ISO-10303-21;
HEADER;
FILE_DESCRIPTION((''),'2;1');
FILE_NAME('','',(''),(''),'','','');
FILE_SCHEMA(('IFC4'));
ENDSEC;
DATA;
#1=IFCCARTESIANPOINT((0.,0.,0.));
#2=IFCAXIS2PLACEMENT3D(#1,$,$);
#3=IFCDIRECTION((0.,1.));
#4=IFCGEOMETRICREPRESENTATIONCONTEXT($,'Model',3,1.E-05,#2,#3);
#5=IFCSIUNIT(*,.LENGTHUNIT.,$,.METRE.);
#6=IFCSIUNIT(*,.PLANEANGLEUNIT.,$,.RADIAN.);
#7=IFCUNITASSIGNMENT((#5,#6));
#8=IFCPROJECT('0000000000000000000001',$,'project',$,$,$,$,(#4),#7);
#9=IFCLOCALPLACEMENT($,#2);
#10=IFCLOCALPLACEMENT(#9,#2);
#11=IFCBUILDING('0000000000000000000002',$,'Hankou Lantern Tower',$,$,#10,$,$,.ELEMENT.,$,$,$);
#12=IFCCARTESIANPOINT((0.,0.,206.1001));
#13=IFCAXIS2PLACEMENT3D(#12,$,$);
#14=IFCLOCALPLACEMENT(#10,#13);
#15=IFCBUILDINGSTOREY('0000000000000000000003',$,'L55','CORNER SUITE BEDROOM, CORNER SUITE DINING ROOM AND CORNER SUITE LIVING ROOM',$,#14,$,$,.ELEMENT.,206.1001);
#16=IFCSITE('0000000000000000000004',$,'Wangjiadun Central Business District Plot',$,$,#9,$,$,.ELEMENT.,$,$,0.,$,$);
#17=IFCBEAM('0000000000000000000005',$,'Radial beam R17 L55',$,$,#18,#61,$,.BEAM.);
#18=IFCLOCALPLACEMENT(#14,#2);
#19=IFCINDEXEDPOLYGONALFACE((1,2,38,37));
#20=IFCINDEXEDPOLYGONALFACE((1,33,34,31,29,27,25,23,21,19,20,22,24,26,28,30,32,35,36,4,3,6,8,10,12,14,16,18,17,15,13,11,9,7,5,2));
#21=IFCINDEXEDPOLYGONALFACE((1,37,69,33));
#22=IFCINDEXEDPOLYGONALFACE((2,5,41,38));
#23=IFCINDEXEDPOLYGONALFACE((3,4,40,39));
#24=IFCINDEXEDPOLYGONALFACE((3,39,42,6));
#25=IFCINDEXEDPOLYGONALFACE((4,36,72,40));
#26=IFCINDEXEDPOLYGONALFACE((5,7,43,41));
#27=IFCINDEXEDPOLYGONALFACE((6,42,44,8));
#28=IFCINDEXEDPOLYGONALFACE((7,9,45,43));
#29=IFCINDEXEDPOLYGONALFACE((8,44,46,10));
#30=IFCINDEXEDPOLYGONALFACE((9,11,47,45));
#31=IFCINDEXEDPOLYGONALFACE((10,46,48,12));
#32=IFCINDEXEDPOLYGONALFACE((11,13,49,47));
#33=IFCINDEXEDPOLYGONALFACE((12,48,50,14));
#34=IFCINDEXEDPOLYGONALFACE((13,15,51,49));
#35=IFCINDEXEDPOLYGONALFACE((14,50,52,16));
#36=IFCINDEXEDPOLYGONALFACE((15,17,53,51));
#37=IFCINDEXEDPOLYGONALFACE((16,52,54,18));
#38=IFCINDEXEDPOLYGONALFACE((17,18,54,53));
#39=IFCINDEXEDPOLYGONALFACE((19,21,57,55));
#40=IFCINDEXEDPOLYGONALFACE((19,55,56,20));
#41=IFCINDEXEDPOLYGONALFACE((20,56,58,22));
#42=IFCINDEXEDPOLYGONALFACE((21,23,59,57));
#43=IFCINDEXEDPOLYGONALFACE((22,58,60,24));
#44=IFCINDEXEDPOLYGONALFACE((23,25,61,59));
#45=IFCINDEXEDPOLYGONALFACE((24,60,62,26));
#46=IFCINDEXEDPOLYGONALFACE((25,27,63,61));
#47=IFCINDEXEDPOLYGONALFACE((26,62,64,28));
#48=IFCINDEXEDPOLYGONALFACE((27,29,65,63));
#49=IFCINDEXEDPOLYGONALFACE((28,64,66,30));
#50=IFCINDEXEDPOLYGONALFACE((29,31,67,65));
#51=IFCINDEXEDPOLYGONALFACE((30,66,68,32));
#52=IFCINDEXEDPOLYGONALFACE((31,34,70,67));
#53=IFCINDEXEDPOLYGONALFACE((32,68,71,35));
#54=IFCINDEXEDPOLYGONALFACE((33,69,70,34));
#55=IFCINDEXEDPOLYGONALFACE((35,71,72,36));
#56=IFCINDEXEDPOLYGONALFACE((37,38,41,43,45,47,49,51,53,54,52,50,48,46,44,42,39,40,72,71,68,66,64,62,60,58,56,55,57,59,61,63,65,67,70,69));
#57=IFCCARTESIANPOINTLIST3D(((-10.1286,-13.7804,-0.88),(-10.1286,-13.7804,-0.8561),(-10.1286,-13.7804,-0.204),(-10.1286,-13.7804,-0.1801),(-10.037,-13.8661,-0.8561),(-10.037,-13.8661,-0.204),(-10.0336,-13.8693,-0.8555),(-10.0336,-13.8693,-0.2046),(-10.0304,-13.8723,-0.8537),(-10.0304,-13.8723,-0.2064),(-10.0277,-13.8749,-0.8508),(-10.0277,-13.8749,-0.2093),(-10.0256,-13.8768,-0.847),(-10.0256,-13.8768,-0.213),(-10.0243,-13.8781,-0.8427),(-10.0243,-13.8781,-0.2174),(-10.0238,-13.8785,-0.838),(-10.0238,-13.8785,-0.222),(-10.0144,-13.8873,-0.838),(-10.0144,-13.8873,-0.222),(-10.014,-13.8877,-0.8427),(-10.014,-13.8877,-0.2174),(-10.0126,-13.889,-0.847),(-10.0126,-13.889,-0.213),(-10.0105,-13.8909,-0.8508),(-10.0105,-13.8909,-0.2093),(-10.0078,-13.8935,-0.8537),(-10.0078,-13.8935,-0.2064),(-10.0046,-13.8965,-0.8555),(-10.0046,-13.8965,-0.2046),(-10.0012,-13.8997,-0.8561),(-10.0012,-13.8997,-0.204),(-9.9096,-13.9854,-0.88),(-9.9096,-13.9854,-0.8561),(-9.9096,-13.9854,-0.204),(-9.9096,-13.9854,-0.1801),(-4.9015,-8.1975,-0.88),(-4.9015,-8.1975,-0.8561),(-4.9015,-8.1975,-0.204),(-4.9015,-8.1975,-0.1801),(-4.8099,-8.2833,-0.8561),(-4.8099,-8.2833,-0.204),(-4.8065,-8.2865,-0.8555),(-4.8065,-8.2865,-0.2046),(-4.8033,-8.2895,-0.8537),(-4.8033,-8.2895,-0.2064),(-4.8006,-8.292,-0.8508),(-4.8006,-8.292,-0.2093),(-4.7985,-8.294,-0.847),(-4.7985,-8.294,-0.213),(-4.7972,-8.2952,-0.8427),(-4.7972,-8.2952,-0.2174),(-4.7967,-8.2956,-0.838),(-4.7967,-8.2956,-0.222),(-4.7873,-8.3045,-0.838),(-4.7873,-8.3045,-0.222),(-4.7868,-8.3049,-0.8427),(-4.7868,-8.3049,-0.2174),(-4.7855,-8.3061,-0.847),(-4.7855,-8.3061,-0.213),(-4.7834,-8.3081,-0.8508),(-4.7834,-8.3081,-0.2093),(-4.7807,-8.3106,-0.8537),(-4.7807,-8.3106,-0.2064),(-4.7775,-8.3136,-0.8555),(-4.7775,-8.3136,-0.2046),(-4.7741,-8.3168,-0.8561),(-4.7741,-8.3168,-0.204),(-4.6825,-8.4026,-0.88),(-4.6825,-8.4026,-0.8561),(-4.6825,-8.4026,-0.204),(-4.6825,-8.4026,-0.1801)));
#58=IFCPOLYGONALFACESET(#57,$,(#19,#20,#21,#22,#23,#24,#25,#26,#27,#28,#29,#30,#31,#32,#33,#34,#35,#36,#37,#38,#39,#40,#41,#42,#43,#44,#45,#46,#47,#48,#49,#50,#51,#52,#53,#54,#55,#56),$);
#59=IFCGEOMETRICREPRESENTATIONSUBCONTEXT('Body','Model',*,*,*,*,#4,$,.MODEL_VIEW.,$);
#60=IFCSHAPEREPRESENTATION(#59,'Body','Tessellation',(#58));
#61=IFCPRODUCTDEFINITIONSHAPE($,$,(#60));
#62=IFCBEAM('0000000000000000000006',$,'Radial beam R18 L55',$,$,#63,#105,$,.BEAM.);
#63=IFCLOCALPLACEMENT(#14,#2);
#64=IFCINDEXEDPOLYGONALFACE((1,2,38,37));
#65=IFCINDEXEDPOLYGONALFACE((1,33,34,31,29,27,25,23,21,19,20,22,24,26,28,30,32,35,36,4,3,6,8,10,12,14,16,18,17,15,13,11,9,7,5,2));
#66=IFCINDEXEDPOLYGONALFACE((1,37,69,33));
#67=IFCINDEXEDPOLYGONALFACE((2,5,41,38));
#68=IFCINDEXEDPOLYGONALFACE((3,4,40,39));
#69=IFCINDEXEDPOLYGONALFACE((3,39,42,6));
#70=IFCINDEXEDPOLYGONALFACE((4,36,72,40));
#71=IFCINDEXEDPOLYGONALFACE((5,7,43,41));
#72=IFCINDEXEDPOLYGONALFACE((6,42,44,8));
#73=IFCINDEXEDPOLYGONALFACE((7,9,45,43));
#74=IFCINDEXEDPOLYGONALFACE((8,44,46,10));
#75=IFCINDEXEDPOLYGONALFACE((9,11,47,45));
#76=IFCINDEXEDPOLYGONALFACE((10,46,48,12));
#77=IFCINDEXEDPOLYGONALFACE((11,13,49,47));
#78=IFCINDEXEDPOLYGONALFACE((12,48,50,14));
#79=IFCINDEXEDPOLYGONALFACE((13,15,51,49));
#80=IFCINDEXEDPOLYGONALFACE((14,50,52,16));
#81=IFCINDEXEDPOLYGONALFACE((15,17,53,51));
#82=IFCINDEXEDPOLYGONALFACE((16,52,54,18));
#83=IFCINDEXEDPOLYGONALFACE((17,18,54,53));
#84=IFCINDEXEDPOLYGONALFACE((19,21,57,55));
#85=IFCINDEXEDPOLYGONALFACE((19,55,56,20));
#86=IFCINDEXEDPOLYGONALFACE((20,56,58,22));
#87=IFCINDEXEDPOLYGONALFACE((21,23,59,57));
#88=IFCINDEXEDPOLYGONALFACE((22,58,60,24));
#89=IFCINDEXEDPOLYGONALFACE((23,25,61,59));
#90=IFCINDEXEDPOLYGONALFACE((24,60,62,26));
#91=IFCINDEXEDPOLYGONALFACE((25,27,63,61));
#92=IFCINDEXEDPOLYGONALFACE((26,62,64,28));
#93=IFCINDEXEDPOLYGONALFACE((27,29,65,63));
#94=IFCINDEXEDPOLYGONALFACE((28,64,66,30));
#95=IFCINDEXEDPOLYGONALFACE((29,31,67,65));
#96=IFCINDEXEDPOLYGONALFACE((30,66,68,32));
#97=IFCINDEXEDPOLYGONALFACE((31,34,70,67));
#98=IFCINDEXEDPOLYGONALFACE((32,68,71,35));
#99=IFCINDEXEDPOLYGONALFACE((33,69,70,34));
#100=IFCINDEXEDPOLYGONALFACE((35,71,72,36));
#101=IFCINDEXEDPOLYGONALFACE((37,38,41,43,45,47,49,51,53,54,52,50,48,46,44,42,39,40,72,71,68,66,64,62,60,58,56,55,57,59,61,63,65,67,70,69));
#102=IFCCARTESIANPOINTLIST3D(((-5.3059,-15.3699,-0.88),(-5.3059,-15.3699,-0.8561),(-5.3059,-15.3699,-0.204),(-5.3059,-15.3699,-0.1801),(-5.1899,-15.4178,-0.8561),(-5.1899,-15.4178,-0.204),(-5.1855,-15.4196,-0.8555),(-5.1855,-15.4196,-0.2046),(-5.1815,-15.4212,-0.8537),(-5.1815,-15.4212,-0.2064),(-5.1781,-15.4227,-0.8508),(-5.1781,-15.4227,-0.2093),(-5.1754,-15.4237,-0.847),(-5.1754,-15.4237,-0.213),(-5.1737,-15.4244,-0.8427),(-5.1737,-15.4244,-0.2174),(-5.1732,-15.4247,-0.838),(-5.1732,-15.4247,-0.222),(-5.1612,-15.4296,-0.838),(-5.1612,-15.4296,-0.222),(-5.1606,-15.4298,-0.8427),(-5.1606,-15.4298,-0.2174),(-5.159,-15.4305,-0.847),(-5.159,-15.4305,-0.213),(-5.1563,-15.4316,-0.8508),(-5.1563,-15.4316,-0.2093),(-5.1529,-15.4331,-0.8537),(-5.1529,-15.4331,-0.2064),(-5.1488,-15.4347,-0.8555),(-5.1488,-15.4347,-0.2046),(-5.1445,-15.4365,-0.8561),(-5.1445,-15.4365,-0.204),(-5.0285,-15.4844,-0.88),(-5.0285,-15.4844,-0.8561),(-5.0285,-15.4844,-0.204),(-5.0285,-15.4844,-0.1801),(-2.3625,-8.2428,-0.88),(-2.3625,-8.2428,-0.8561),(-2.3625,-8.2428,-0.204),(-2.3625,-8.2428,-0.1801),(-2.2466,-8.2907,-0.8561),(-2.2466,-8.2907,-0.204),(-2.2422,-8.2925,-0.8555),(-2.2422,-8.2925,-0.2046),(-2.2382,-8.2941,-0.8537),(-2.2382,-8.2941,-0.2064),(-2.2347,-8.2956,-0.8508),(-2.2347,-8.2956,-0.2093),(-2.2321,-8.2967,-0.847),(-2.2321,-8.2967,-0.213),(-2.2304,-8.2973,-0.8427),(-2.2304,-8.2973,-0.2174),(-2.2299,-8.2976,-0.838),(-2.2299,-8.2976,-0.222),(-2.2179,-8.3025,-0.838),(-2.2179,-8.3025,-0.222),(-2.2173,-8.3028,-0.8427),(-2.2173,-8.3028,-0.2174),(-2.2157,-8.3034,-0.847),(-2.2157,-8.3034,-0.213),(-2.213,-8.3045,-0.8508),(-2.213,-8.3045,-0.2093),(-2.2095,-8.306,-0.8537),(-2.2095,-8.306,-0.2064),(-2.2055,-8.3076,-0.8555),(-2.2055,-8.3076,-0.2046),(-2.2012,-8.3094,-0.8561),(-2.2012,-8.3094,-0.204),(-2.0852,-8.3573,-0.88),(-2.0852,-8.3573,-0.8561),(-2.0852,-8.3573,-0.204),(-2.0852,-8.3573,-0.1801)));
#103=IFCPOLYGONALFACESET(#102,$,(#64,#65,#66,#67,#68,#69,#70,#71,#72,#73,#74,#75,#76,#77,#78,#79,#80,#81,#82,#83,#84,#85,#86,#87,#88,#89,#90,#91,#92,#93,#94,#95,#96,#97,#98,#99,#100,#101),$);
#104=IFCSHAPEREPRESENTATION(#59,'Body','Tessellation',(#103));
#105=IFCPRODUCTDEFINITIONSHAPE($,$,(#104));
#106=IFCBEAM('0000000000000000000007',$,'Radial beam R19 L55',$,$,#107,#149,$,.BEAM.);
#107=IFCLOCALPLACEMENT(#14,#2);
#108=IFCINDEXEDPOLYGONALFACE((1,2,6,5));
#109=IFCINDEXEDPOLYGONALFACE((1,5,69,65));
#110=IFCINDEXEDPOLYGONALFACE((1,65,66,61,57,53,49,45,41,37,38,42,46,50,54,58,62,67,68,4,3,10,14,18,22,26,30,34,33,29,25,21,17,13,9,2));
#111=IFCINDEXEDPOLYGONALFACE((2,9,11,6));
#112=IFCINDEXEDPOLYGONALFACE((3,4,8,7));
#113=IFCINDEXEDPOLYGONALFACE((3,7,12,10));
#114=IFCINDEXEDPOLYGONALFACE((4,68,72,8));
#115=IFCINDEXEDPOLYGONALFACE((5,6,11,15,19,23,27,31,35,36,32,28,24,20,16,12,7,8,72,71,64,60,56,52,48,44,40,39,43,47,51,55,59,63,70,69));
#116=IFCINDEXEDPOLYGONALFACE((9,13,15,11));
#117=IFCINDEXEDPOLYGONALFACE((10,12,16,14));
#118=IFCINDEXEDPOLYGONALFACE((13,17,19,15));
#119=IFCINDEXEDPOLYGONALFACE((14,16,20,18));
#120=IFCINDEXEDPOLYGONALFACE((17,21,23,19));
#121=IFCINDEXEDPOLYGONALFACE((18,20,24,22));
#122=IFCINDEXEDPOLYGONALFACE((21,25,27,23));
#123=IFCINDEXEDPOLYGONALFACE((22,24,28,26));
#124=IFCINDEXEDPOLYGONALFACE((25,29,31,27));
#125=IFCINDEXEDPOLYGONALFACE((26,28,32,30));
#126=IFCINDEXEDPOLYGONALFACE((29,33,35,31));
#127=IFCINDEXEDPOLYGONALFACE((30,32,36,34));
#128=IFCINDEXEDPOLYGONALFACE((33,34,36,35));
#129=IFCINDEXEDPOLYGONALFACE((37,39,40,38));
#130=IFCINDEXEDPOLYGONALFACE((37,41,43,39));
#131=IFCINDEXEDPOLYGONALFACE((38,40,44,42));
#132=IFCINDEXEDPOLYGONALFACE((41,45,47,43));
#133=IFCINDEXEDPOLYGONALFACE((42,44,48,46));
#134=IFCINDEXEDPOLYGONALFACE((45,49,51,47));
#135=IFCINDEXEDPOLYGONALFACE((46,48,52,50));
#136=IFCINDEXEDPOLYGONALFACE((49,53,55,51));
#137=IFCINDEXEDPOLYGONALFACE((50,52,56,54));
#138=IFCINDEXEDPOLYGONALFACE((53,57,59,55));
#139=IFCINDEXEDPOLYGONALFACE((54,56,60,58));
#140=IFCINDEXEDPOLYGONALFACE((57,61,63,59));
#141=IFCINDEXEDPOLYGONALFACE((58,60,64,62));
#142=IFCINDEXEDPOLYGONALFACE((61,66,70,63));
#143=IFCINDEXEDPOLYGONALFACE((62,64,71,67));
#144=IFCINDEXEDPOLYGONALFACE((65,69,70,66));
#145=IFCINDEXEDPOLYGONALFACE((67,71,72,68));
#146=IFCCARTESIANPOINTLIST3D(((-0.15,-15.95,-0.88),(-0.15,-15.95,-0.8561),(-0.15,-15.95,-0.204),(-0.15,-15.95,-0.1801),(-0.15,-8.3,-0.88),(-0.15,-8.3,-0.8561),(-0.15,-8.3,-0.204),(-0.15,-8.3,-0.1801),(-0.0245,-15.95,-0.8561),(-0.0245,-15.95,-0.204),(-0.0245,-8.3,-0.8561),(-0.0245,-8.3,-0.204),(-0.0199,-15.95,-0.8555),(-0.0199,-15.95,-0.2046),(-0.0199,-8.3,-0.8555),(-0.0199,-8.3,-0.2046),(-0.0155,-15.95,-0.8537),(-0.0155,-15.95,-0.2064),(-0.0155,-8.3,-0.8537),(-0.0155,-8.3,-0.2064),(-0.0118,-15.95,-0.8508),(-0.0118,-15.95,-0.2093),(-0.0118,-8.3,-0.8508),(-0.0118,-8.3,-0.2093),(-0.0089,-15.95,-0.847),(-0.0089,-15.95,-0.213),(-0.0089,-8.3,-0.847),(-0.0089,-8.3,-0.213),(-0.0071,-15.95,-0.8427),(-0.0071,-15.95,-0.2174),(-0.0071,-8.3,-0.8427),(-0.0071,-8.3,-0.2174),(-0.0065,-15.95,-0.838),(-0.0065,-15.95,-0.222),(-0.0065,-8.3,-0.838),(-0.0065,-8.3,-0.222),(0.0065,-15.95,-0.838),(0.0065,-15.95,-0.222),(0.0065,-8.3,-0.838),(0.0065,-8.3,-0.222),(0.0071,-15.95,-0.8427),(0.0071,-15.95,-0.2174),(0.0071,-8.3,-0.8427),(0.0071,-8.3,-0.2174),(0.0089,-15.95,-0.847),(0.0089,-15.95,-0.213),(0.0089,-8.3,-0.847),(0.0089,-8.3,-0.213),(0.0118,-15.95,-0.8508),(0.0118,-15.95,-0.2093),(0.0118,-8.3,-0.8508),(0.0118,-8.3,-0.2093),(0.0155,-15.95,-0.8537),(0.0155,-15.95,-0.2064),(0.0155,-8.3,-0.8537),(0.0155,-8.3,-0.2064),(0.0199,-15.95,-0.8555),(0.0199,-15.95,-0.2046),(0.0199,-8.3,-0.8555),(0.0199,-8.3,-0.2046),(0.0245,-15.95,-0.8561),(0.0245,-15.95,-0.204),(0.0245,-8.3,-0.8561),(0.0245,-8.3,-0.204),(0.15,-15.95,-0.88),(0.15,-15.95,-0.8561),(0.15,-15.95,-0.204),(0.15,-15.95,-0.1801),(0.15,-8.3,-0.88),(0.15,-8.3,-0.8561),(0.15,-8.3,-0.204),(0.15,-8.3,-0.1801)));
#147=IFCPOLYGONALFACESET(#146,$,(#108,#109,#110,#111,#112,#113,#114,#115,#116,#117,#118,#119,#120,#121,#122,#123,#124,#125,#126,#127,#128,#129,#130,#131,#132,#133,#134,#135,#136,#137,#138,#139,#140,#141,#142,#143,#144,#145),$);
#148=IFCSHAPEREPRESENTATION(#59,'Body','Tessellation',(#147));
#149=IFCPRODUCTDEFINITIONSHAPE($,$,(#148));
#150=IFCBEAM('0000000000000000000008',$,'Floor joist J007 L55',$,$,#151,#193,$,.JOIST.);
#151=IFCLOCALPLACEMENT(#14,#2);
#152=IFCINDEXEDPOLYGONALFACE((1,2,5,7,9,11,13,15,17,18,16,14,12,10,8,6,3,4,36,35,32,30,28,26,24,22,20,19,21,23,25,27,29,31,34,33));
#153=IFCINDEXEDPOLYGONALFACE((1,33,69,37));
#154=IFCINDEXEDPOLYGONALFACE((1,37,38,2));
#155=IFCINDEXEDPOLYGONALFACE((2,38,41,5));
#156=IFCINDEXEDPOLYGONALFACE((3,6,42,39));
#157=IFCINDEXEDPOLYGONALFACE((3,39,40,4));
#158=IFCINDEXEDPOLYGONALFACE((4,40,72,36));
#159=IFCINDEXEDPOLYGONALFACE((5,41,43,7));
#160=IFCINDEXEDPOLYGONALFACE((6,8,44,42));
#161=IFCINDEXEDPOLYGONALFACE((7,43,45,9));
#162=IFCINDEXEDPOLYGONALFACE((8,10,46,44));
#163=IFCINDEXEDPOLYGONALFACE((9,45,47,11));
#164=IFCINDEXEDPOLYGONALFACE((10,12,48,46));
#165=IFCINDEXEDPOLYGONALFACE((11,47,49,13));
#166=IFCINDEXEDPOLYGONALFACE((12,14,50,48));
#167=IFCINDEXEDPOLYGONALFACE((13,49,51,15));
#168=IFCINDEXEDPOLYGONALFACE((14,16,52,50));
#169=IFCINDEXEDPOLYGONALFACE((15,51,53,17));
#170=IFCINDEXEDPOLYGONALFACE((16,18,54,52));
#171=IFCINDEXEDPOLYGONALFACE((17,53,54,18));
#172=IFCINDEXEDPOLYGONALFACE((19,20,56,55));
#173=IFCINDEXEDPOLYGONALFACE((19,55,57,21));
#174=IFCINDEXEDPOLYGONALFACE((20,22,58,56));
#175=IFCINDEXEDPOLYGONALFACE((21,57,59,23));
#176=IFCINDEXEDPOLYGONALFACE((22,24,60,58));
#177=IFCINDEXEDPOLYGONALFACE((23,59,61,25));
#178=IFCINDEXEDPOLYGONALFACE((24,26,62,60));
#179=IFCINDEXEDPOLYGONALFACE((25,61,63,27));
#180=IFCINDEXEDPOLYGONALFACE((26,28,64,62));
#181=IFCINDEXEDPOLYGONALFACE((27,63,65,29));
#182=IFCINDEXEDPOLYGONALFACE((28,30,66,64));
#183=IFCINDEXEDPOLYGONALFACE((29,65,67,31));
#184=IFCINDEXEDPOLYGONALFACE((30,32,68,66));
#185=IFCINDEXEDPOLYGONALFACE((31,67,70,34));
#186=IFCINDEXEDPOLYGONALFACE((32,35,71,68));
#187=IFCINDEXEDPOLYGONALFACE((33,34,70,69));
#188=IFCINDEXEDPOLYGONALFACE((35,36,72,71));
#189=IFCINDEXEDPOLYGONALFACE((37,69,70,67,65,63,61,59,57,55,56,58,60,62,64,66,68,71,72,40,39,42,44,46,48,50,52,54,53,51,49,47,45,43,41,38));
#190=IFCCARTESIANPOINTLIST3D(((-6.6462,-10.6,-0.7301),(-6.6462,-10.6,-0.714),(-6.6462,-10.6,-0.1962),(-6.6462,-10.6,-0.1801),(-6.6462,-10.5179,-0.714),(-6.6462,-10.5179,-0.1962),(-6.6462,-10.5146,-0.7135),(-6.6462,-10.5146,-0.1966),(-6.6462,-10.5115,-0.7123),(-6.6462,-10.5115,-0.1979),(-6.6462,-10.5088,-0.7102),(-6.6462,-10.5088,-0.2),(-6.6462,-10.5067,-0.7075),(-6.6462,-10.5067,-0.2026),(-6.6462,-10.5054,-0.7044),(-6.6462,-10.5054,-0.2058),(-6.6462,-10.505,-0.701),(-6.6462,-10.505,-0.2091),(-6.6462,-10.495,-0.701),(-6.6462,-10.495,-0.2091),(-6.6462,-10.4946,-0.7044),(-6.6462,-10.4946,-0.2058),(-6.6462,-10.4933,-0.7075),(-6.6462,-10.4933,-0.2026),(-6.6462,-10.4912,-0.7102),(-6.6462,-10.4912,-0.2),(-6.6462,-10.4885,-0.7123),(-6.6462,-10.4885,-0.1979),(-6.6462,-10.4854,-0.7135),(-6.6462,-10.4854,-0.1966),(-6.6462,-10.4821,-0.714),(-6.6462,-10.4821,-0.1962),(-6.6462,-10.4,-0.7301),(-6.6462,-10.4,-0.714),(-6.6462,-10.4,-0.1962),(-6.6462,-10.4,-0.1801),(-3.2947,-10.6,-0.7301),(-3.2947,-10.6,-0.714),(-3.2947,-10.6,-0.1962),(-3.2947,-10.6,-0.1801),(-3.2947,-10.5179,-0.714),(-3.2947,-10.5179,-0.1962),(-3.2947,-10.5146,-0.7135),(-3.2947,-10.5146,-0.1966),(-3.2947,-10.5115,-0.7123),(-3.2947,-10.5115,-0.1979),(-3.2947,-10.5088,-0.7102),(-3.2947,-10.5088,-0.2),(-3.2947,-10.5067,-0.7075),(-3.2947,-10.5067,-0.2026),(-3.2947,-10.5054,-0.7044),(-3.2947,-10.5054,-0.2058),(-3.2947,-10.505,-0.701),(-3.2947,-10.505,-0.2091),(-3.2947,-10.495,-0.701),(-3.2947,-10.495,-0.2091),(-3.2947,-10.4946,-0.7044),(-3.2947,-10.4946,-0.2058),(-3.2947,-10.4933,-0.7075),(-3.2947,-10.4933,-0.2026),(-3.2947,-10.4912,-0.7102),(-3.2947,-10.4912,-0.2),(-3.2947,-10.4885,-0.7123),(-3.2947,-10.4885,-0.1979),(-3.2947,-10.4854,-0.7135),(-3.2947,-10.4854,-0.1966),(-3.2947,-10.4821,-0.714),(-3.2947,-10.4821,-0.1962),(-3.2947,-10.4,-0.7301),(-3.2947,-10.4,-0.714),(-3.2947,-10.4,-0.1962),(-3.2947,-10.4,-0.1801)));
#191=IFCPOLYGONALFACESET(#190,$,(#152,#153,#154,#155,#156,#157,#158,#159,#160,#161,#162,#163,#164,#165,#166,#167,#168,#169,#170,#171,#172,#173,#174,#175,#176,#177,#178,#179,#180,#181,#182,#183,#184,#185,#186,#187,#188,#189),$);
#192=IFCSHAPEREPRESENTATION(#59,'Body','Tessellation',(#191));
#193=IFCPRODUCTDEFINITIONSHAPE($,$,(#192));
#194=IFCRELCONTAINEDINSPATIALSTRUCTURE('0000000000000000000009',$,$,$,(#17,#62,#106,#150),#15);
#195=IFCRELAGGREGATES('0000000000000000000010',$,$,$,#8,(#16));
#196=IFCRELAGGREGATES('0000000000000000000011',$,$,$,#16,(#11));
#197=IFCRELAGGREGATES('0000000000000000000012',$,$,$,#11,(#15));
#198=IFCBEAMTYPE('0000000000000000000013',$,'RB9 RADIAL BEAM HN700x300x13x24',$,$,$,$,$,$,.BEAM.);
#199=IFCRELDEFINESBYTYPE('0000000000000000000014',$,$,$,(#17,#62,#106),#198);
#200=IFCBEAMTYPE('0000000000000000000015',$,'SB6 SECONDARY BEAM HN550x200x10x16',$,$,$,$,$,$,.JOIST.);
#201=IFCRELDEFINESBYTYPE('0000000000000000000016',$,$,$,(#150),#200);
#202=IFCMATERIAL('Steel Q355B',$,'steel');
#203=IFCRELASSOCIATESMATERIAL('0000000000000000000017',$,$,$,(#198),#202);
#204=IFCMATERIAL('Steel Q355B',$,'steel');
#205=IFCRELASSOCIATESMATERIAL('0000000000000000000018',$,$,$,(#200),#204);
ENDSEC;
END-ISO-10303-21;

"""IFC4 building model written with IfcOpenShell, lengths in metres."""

from ifc_helpers import new_model, si_unit, direction, frame, origin, origin_2d, place, context, subcontext, project, spatial, i_section, extrude, material, material_profile, profile_set, type_object, element, save


model = new_model("IFC4")

# Units and contexts
model_context = context("Model", 3, precision=1e-05, world=origin(), true_north=direction((0.0, 1.0)))
body_context = subcontext(model_context, "Body", "Model", "MODEL_VIEW")
ifc_project = project(units=[si_unit("LENGTHUNIT", "METRE"), si_unit("PLANEANGLEUNIT", "RADIAN")], contexts=[model_context])

# Site, building, storey
site_placement = place(None, origin())
site = spatial("IfcSite", under=ifc_project, at=site_placement, Name="Wangjiadun Central Business District Plot", CompositionType="ELEMENT", RefElevation=0.0)
building_placement = place(site_placement, origin())
building = spatial("IfcBuilding", under=site, at=building_placement, Name="Hankou Lantern Tower", CompositionType="ELEMENT")
storey_placement = place(building_placement, frame((0.0, 0.0, 206.1001)))
storey = spatial("IfcBuildingStorey", under=building, at=storey_placement, Name="L55", Description="CORNER SUITE BEDROOM, CORNER SUITE DINING ROOM AND CORNER SUITE LIVING ROOM", CompositionType="ELEMENT", Elevation=206.1001)

# Beams
ifc_material_1 = material(Name="Steel Q355B", Category="steel")
ifc_material_profile_1 = material_profile(ifc_material_1, i_section(OverallWidth=0.3, OverallDepth=0.7, WebThickness=0.0129, FlangeThickness=0.0239, FilletRadius=0.0181, at=origin_2d()), Name="HN700x300x13x24")
ifc_profile_set_1 = profile_set([ifc_material_profile_1], Name="Steel Q355B")
beam_type_1 = type_object("IfcBeamType", Name="RB9 RADIAL BEAM HN700x300x13x24", PredefinedType="BEAM", material=ifc_profile_set_1)
beam_1_placement = place(storey_placement, frame((-4.792, -8.3, -0.53), z_axis=(-0.683468, -0.72998, 0.0), x_axis=(0.72998, -0.683468, 0.0)))
element("IfcBeam", 1, at=beam_1_placement, inside=storey, type_object=beam_type_1, Name="Radial beam R17 L55", PredefinedType="BEAM", context=body_context, shape_type="SweptSolid", body=[
    extrude(i_section(OverallWidth=0.3, OverallDepth=0.7, WebThickness=0.0129, FlangeThickness=0.0239, FilletRadius=0.0181, at=origin_2d()), origin(), (0.0, 0.0, 1.0), 7.6479),
])
beam_2_placement = place(storey_placement, frame((-2.2239, -8.3, -0.53), z_axis=(-0.381707, -0.924284, 0.0), x_axis=(0.924284, -0.381707, 0.0)))
element("IfcBeam", 2, at=beam_2_placement, inside=storey, type_object=beam_type_1, Name="Radial beam R18 L55", PredefinedType="BEAM", context=body_context, shape_type="SweptSolid", body=[
    extrude(i_section(OverallWidth=0.3, OverallDepth=0.7, WebThickness=0.0129, FlangeThickness=0.0239, FilletRadius=0.0181, at=origin_2d()), origin(), (0.0, 0.0, 1.0), 7.7109),
])
beam_3_placement = place(storey_placement, frame((0.0, -8.3, -0.53), z_axis=(0.0, -1.0, 0.0), x_axis=(1.0, 0.0, 0.0)))
element("IfcBeam", 3, at=beam_3_placement, inside=storey, type_object=beam_type_1, Name="Radial beam R19 L55", PredefinedType="BEAM", context=body_context, shape_type="SweptSolid", body=[
    extrude(i_section(OverallWidth=0.3, OverallDepth=0.7, WebThickness=0.0129, FlangeThickness=0.0239, FilletRadius=0.0181, at=origin_2d()), origin(), (0.0, 0.0, 1.0), 7.6499),
])
ifc_material_2 = material(Name="Steel Q355B", Category="steel")
ifc_material_profile_2 = material_profile(ifc_material_2, i_section(OverallWidth=0.2, OverallDepth=0.55, WebThickness=0.01, FlangeThickness=0.0161, FilletRadius=0.0129, at=origin_2d()), Name="HN550x200x10x16")
ifc_profile_set_2 = profile_set([ifc_material_profile_2], Name="Steel Q355B")
beam_type_2 = type_object("IfcBeamType", Name="SB6 SECONDARY BEAM HN550x200x10x16", PredefinedType="JOIST", material=ifc_profile_set_2)
beam_4_placement = place(storey_placement, frame((-6.6462, -10.5, -0.4551), z_axis=(1.0, 0.0, 0.0), x_axis=(0.0, 1.0, 0.0)))
element("IfcBeam", 4, at=beam_4_placement, inside=storey, type_object=beam_type_2, Name="Floor joist J007 L55", PredefinedType="JOIST", context=body_context, shape_type="SweptSolid", body=[
    extrude(i_section(OverallWidth=0.2, OverallDepth=0.55, WebThickness=0.01, FlangeThickness=0.0161, FilletRadius=0.0129, at=origin_2d()), origin(), (0.0, 0.0, 1.0), 3.3516),
])

save(model, "model.ifc")
